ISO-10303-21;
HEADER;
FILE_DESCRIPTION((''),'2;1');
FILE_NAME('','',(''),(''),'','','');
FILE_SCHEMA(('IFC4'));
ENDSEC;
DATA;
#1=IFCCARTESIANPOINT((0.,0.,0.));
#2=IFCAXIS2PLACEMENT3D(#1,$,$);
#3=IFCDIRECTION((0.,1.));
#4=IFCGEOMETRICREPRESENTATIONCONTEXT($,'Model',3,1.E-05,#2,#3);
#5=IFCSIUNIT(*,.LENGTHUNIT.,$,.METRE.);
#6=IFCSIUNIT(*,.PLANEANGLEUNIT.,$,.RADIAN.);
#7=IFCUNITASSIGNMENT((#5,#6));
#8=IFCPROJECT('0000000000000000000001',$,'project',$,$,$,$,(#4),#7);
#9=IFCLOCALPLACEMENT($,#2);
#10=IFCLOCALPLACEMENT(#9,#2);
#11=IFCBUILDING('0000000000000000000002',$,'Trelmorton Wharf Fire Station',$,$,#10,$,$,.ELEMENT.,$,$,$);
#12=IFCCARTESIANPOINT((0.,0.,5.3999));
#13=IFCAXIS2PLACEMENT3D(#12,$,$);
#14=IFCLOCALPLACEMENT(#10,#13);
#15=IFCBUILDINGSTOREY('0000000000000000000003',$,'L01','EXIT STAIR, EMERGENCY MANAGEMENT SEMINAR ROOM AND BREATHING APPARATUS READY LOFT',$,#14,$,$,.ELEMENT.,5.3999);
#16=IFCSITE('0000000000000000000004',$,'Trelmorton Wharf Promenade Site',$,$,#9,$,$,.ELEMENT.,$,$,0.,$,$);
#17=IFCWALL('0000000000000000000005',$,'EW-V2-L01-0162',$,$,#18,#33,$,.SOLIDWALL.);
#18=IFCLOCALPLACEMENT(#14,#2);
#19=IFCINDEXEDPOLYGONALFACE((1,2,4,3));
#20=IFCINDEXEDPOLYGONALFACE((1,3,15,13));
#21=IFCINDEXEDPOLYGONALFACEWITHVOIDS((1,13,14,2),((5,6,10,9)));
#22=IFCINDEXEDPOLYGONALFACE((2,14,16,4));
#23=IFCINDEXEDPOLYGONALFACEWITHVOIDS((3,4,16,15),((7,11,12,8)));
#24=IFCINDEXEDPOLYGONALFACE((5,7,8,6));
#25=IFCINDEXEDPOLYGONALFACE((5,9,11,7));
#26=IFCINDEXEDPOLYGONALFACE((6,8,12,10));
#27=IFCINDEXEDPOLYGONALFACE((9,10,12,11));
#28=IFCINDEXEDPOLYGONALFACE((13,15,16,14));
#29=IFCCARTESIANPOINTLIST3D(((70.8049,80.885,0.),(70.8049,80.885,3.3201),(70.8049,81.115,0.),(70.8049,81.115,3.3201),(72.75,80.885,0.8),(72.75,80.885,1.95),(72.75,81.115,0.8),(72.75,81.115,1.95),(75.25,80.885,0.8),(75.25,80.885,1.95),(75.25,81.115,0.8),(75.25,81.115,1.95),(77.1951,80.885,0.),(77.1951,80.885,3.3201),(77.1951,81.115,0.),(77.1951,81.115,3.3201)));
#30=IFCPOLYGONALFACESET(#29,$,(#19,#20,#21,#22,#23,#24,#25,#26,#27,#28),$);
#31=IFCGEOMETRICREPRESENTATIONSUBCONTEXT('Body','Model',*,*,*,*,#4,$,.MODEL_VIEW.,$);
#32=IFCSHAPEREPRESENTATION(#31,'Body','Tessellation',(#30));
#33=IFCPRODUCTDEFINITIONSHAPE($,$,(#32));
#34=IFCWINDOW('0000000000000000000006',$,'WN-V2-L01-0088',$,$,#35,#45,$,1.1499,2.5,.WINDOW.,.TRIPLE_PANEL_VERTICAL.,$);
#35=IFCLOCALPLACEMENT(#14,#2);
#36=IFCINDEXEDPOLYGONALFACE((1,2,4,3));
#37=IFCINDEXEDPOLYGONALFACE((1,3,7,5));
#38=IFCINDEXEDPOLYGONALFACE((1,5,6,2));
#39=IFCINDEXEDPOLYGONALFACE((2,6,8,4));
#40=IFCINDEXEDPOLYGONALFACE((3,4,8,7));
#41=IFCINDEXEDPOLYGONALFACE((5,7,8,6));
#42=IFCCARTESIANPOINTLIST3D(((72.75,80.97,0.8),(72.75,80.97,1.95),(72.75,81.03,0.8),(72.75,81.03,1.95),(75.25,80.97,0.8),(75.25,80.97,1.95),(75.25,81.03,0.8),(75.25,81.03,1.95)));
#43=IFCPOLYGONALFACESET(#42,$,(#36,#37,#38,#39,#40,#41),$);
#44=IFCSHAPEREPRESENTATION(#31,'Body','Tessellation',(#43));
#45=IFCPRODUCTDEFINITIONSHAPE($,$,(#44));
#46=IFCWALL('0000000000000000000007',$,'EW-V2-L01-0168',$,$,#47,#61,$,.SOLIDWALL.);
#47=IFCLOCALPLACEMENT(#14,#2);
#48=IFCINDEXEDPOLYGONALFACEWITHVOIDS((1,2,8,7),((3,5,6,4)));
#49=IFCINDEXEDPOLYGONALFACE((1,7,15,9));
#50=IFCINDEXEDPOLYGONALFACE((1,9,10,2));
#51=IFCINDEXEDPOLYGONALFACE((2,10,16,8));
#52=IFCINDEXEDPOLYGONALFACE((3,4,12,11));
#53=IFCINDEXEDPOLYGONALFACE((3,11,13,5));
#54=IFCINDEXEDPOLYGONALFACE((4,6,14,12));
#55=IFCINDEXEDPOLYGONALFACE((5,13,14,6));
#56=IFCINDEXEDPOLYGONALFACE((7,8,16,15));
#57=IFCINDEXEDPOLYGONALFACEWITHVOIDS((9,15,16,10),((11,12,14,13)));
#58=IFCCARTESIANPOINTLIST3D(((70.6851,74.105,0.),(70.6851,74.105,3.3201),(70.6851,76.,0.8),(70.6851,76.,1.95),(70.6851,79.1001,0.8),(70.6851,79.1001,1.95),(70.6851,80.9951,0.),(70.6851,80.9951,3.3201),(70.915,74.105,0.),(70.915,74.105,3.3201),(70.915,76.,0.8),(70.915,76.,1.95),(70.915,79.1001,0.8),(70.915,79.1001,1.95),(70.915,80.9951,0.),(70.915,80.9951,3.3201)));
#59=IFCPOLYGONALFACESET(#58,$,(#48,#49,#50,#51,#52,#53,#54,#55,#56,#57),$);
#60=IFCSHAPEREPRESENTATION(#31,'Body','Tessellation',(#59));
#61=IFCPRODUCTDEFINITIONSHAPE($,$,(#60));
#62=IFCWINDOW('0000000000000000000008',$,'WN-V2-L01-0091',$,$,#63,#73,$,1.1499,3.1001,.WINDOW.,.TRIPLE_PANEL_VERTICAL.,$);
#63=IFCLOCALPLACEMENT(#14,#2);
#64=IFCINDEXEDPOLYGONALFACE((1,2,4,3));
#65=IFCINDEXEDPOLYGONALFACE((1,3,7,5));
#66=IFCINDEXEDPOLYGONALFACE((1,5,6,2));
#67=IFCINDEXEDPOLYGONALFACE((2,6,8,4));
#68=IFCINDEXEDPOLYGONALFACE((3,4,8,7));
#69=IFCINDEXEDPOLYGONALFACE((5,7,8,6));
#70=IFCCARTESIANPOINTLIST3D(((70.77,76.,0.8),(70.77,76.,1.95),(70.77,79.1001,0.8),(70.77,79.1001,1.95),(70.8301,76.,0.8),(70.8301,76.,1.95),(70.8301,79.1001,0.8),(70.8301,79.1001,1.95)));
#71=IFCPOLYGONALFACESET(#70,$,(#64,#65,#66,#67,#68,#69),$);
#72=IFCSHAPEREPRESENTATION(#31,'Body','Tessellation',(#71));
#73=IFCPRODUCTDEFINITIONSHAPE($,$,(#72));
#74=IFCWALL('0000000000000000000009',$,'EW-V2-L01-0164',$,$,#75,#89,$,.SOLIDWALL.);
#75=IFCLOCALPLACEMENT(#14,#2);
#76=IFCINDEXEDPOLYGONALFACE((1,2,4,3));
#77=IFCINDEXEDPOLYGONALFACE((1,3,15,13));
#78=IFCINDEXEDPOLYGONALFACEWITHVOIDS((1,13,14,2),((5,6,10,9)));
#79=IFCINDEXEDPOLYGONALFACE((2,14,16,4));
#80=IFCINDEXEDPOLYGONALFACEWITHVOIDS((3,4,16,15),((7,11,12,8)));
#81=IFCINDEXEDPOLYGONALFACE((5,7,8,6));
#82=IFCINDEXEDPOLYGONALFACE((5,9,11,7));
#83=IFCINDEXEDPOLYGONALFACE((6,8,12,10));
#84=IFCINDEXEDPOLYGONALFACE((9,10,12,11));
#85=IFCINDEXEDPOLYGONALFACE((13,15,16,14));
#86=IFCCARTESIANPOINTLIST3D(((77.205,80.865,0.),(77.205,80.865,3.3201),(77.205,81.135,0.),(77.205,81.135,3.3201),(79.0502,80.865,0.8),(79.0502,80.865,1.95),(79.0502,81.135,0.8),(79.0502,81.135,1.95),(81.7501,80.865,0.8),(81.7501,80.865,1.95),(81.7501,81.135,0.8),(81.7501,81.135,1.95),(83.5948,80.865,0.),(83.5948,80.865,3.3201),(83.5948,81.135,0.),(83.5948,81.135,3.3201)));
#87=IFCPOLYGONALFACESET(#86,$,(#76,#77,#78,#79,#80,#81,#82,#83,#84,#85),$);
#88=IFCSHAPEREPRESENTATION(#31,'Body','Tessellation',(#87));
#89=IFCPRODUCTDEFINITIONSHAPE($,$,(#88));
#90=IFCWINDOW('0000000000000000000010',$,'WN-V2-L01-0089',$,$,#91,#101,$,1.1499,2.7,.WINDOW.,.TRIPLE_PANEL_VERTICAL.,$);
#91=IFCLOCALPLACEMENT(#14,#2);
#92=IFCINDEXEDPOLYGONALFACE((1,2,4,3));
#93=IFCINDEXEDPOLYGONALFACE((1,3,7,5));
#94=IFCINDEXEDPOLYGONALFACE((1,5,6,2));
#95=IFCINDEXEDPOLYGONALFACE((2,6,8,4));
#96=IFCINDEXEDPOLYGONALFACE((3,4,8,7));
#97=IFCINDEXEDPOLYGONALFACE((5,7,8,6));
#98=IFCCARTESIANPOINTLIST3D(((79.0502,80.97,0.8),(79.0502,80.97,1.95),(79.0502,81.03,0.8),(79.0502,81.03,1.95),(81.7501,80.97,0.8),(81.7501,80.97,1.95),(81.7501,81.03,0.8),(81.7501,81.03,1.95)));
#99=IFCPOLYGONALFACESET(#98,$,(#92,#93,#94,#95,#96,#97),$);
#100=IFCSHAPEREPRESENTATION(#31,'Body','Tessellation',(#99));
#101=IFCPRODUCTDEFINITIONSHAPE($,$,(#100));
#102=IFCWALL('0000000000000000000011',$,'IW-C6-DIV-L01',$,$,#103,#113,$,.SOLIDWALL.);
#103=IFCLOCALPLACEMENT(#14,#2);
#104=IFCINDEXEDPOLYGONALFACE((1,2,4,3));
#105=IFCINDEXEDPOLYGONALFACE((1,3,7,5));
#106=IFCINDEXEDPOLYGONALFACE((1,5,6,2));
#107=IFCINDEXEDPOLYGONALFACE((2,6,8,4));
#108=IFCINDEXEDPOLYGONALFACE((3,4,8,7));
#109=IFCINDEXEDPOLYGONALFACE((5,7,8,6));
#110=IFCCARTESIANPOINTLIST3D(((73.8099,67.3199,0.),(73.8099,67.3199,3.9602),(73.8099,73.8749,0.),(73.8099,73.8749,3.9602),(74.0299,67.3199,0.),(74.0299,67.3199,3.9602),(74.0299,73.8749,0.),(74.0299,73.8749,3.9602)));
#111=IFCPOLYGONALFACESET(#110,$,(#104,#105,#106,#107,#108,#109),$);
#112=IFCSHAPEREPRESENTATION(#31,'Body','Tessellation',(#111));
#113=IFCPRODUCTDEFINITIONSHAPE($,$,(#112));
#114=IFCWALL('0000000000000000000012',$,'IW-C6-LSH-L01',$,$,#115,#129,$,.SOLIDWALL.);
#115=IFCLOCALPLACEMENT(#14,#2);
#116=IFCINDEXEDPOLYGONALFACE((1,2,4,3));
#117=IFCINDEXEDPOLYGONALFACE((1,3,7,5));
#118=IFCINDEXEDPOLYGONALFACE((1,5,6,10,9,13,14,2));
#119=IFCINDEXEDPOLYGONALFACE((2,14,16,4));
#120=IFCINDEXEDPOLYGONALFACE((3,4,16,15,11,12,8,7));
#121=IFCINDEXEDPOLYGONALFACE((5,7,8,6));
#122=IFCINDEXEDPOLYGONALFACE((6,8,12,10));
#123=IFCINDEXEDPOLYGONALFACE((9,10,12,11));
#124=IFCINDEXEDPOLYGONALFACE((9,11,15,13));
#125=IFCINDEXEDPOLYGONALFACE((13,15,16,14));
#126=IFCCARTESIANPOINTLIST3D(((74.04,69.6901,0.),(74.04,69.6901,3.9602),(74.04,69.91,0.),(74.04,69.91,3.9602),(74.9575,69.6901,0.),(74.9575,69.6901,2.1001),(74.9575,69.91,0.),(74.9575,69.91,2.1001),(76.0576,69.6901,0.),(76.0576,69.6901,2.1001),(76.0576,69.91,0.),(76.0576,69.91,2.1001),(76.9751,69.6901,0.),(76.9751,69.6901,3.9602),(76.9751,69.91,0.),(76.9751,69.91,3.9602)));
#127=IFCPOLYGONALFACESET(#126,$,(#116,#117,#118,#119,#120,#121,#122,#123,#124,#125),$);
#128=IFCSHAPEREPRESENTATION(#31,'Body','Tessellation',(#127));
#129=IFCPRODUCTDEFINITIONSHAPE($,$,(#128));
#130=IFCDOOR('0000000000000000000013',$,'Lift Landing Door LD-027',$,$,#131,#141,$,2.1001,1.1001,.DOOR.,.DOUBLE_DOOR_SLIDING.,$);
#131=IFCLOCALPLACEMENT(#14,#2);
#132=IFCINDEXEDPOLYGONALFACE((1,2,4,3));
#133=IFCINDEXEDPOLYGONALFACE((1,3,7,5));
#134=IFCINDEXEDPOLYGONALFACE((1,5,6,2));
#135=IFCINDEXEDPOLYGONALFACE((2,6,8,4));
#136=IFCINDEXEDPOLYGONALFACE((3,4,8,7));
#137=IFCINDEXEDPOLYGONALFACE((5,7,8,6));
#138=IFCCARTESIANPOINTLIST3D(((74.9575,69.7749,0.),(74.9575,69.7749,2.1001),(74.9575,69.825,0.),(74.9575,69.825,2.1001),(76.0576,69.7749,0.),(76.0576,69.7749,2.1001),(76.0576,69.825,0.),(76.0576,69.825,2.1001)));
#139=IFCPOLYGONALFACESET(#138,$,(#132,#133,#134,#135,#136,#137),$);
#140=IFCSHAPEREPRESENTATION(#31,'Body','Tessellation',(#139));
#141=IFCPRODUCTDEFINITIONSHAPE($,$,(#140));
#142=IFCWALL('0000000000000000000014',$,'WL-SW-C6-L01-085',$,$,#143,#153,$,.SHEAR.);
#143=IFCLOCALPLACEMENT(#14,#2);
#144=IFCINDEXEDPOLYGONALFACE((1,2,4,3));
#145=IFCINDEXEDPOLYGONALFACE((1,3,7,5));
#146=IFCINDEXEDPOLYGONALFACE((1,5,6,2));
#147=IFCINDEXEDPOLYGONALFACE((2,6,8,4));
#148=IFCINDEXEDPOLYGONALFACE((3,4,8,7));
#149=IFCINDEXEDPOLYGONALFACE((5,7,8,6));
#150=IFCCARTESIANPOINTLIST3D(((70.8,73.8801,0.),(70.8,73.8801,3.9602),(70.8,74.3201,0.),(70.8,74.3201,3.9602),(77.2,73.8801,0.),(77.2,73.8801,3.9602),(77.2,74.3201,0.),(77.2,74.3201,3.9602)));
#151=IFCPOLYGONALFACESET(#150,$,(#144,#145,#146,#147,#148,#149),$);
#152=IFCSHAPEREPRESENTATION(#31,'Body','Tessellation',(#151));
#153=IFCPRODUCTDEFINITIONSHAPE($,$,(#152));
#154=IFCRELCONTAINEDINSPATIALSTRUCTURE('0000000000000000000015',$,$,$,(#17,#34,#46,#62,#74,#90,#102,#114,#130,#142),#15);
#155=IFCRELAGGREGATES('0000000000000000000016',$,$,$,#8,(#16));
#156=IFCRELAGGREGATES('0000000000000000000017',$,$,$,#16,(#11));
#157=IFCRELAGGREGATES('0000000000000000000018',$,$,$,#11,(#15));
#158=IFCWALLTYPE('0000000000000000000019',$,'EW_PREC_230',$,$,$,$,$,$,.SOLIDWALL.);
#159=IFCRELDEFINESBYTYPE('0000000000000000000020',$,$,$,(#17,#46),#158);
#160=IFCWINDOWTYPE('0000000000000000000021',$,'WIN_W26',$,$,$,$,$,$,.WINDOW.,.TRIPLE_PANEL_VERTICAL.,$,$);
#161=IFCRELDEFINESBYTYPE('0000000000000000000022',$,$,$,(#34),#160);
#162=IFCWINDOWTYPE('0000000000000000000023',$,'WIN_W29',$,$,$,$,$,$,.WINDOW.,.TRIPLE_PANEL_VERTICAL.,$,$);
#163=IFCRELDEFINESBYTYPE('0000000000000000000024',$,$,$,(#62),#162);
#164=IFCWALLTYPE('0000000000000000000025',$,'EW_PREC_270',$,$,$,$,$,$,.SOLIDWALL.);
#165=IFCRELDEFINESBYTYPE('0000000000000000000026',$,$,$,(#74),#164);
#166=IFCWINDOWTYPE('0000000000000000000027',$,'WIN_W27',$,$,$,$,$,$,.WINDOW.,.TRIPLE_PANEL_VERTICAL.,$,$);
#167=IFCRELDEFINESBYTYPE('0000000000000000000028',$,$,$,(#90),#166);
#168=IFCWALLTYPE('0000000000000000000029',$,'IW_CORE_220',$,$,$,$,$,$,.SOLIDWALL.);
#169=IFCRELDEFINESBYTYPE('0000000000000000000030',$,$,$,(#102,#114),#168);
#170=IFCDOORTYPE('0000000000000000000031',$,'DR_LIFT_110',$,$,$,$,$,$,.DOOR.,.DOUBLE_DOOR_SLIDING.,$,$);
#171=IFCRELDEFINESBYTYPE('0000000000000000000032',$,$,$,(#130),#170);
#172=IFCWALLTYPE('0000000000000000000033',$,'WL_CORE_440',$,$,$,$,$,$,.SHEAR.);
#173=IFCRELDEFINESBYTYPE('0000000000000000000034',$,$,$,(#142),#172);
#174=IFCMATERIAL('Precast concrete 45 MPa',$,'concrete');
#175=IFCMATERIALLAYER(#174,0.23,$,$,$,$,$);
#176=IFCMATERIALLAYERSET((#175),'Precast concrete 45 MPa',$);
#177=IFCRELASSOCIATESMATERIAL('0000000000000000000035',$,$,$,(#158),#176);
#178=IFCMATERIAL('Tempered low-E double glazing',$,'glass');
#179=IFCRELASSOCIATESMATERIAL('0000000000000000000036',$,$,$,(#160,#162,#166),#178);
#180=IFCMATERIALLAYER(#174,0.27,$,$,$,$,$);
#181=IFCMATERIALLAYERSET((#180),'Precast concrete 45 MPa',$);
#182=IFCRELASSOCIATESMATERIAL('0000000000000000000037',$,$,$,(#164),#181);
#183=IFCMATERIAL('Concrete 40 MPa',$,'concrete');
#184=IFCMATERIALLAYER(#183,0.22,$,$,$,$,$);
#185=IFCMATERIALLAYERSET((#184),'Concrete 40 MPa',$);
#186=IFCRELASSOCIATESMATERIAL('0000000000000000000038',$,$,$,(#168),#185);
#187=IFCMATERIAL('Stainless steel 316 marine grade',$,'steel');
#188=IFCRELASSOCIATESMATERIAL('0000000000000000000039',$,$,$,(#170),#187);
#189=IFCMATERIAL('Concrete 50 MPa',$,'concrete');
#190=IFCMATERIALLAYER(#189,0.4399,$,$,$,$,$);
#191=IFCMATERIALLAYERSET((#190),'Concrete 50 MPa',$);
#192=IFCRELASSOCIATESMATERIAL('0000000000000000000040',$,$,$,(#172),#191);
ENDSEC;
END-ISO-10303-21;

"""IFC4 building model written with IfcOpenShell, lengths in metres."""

from ifc_helpers import new_model, si_unit, direction, frame, frame_2d, origin, place, context, subcontext, project, spatial, rectangle, extrude, material, layer, layer_set, type_object, element, fill, save


model = new_model("IFC4")

# Units and contexts
model_context = context("Model", 3, precision=1e-05, world=origin(), true_north=direction((0.0, 1.0)))
body_context = subcontext(model_context, "Body", "Model", "MODEL_VIEW")
ifc_project = project(units=[si_unit("LENGTHUNIT", "METRE"), si_unit("PLANEANGLEUNIT", "RADIAN")], contexts=[model_context])

# Site, building, storey
site_placement = place(None, origin())
site = spatial("IfcSite", under=ifc_project, at=site_placement, Name="Trelmorton Wharf Promenade Site", CompositionType="ELEMENT", RefElevation=0.0)
building_placement = place(site_placement, origin())
building = spatial("IfcBuilding", under=site, at=building_placement, Name="Trelmorton Wharf Fire Station", CompositionType="ELEMENT")
storey_placement = place(building_placement, frame((0.0, 0.0, 5.3999)))
storey = spatial("IfcBuildingStorey", under=building, at=storey_placement, Name="L01", Description="EXIT STAIR, EMERGENCY MANAGEMENT SEMINAR ROOM AND BREATHING APPARATUS READY LOFT", CompositionType="ELEMENT", Elevation=5.3999)

# Walls, openings, windows
ifc_material_1 = material(Name="Precast concrete 45 MPa", Category="concrete")
ifc_layer_1 = layer(ifc_material_1, 0.23)
ifc_layer_set_1 = layer_set([ifc_layer_1], Name="Precast concrete 45 MPa")
wall_type_1 = type_object("IfcWallType", Name="EW_PREC_230", PredefinedType="SOLIDWALL", material=ifc_layer_set_1)
wall_1_placement = place(storey_placement, frame((70.8049, 81.0, 0.0), z_axis=(0.0, 0.0, 1.0), x_axis=(1.0, 0.0, 0.0)))
wall_1 = element("IfcWall", 1, at=wall_1_placement, inside=storey, type_object=wall_type_1, Name="EW-V2-L01-0162", PredefinedType="SOLIDWALL", context=body_context, shape_type="SweptSolid", body=[
    extrude(rectangle(XDim=6.3901, YDim=0.23, at=frame_2d((3.1951, 0.0))), origin(), (0.0, 0.0, 1.0), 3.3201),
])
opening_1_placement = place(wall_1_placement, frame((1.9451, 0.0, 0.8)))
opening_1 = element("IfcOpeningElement", 2, at=opening_1_placement, cuts=wall_1, PredefinedType="OPENING", context=body_context, shape_type="SweptSolid", body=[
    extrude(rectangle(XDim=2.5, YDim=1.1499, at=frame_2d((1.25, 0.575))), frame((0.0, 0.125, 0.0), z_axis=(0.0, -1.0, 0.0), x_axis=(1.0, 0.0, 0.0)), (0.0, 0.0, 1.0), 0.25),
])
ifc_material_2 = material(Name="Tempered low-E double glazing", Category="glass")
window_type_1 = type_object("IfcWindowType", Name="WIN_W26", PartitioningType="TRIPLE_PANEL_VERTICAL", PredefinedType="WINDOW", material=ifc_material_2)
window_1_placement = place(opening_1_placement, origin())
window_1 = element("IfcWindow", 3, at=window_1_placement, inside=storey, type_object=window_type_1, Name="WN-V2-L01-0088", OverallHeight=1.1499, OverallWidth=2.5, PartitioningType="TRIPLE_PANEL_VERTICAL", PredefinedType="WINDOW", context=body_context, shape_type="SweptSolid", body=[
    extrude(rectangle(XDim=2.5, YDim=1.1499, at=frame_2d((1.25, 0.575))), frame((0.0, 0.03, 0.0), z_axis=(0.0, -1.0, 0.0), x_axis=(1.0, 0.0, 0.0)), (0.0, 0.0, 1.0), 0.0601),
])
fill(opening_1, window_1)
wall_2_placement = place(storey_placement, frame((70.8, 74.105, 0.0), z_axis=(0.0, 0.0, 1.0), x_axis=(0.0, 1.0, 0.0)))
wall_2 = element("IfcWall", 4, at=wall_2_placement, inside=storey, type_object=wall_type_1, Name="EW-V2-L01-0168", PredefinedType="SOLIDWALL", context=body_context, shape_type="SweptSolid", body=[
    extrude(rectangle(XDim=6.8901, YDim=0.23, at=frame_2d((3.4451, 0.0))), origin(), (0.0, 0.0, 1.0), 3.3201),
])
opening_2_placement = place(wall_2_placement, frame((1.895, 0.0, 0.8)))
opening_2 = element("IfcOpeningElement", 5, at=opening_2_placement, cuts=wall_2, PredefinedType="OPENING", context=body_context, shape_type="SweptSolid", body=[
    extrude(rectangle(XDim=3.1001, YDim=1.1499, at=frame_2d((1.55, 0.575))), frame((0.0, 0.125, 0.0), z_axis=(0.0, -1.0, 0.0), x_axis=(1.0, 0.0, 0.0)), (0.0, 0.0, 1.0), 0.25),
])
window_type_2 = type_object("IfcWindowType", Name="WIN_W29", PartitioningType="TRIPLE_PANEL_VERTICAL", PredefinedType="WINDOW", material=ifc_material_2)
window_2_placement = place(opening_2_placement, origin())
window_2 = element("IfcWindow", 6, at=window_2_placement, inside=storey, type_object=window_type_2, Name="WN-V2-L01-0091", OverallHeight=1.1499, OverallWidth=3.1001, PartitioningType="TRIPLE_PANEL_VERTICAL", PredefinedType="WINDOW", context=body_context, shape_type="SweptSolid", body=[
    extrude(rectangle(XDim=3.1001, YDim=1.1499, at=frame_2d((1.55, 0.575))), frame((0.0, 0.03, 0.0), z_axis=(0.0, -1.0, 0.0), x_axis=(1.0, 0.0, 0.0)), (0.0, 0.0, 1.0), 0.0601),
])
fill(opening_2, window_2)
ifc_layer_2 = layer(ifc_material_1, 0.27)
ifc_layer_set_2 = layer_set([ifc_layer_2], Name="Precast concrete 45 MPa")
wall_type_2 = type_object("IfcWallType", Name="EW_PREC_270", PredefinedType="SOLIDWALL", material=ifc_layer_set_2)
wall_3_placement = place(storey_placement, frame((77.2051, 81.0, 0.0), z_axis=(0.0, 0.0, 1.0), x_axis=(1.0, 0.0, 0.0)))
wall_3 = element("IfcWall", 7, at=wall_3_placement, inside=storey, type_object=wall_type_2, Name="EW-V2-L01-0164", PredefinedType="SOLIDWALL", context=body_context, shape_type="SweptSolid", body=[
    extrude(rectangle(XDim=6.3899, YDim=0.27, at=frame_2d((3.1948, 0.0))), origin(), (0.0, 0.0, 1.0), 3.3201),
])
opening_3_placement = place(wall_3_placement, frame((1.845, 0.0, 0.8)))
opening_3 = element("IfcOpeningElement", 8, at=opening_3_placement, cuts=wall_3, PredefinedType="OPENING", context=body_context, shape_type="SweptSolid", body=[
    extrude(rectangle(XDim=2.7, YDim=1.1499, at=frame_2d((1.3501, 0.575))), frame((0.0, 0.145, 0.0), z_axis=(0.0, -1.0, 0.0), x_axis=(1.0, 0.0, 0.0)), (0.0, 0.0, 1.0), 0.29),
])
window_type_3 = type_object("IfcWindowType", Name="WIN_W27", PartitioningType="TRIPLE_PANEL_VERTICAL", PredefinedType="WINDOW", material=ifc_material_2)
window_3_placement = place(opening_3_placement, origin())
window_3 = element("IfcWindow", 9, at=window_3_placement, inside=storey, type_object=window_type_3, Name="WN-V2-L01-0089", OverallHeight=1.1499, OverallWidth=2.7, PartitioningType="TRIPLE_PANEL_VERTICAL", PredefinedType="WINDOW", context=body_context, shape_type="SweptSolid", body=[
    extrude(rectangle(XDim=2.7, YDim=1.1499, at=frame_2d((1.3501, 0.575))), frame((0.0, 0.03, 0.0), z_axis=(0.0, -1.0, 0.0), x_axis=(1.0, 0.0, 0.0)), (0.0, 0.0, 1.0), 0.0601),
])
fill(opening_3, window_3)

# Wall
ifc_material_3 = material(Name="Concrete 40 MPa", Category="concrete")
ifc_layer_3 = layer(ifc_material_3, 0.22)
ifc_layer_set_3 = layer_set([ifc_layer_3], Name="Concrete 40 MPa")
wall_type_3 = type_object("IfcWallType", Name="IW_CORE_220", PredefinedType="SOLIDWALL", material=ifc_layer_set_3)
wall_4_placement = place(storey_placement, frame((73.9199, 67.3201, 0.0), z_axis=(0.0, 0.0, 1.0), x_axis=(0.0, 1.0, 0.0)))
element("IfcWall", 10, at=wall_4_placement, inside=storey, type_object=wall_type_3, Name="IW-C6-DIV-L01", PredefinedType="SOLIDWALL", context=body_context, shape_type="SweptSolid", body=[
    extrude(rectangle(XDim=6.5549, YDim=0.22, at=frame_2d((3.2773, 0.0))), origin(), (0.0, 0.0, 1.0), 3.9602),
])

# Wall, opening, door
wall_5_placement = place(storey_placement, frame((74.04, 69.8, 0.0), z_axis=(0.0, 0.0, 1.0), x_axis=(1.0, 0.0, 0.0)))
wall_5 = element("IfcWall", 11, at=wall_5_placement, inside=storey, type_object=wall_type_3, Name="IW-C6-LSH-L01", PredefinedType="SOLIDWALL", context=body_context, shape_type="SweptSolid", body=[
    extrude(rectangle(XDim=2.9351, YDim=0.22, at=frame_2d((1.4675, 0.0))), origin(), (0.0, 0.0, 1.0), 3.9602),
])
opening_4_placement = place(wall_5_placement, frame((0.9175, 0.0, 0.0)))
opening_4 = element("IfcOpeningElement", 12, at=opening_4_placement, cuts=wall_5, PredefinedType="OPENING", context=body_context, shape_type="SweptSolid", body=[
    extrude(rectangle(XDim=1.1001, YDim=2.1001, at=frame_2d((0.55, 1.05))), frame((0.0, 0.1201, 0.0), z_axis=(0.0, -1.0, 0.0), x_axis=(1.0, 0.0, 0.0)), (0.0, 0.0, 1.0), 0.24),
])
ifc_material_4 = material(Name="Stainless steel 316 marine grade", Category="steel")
door_type = type_object("IfcDoorType", Name="DR_LIFT_110", OperationType="DOUBLE_DOOR_SLIDING", PredefinedType="DOOR", material=ifc_material_4)
door_placement = place(opening_4_placement, origin())
door = element("IfcDoor", 13, at=door_placement, inside=storey, type_object=door_type, Name="Lift Landing Door LD-027", OperationType="DOUBLE_DOOR_SLIDING", OverallHeight=2.1001, OverallWidth=1.1001, PredefinedType="DOOR", context=body_context, shape_type="SweptSolid", body=[
    extrude(rectangle(XDim=1.1001, YDim=2.1001, at=frame_2d((0.55, 1.05))), frame((0.0, 0.0249, 0.0), z_axis=(0.0, -1.0, 0.0), x_axis=(1.0, 0.0, 0.0)), (0.0, 0.0, 1.0), 0.05),
])
fill(opening_4, door)

# Wall
ifc_material_5 = material(Name="Concrete 50 MPa", Category="concrete")
ifc_layer_4 = layer(ifc_material_5, 0.4399)
ifc_layer_set_4 = layer_set([ifc_layer_4], Name="Concrete 50 MPa")
wall_type_4 = type_object("IfcWallType", Name="WL_CORE_440", PredefinedType="SHEAR", material=ifc_layer_set_4)
wall_6_placement = place(storey_placement, frame((70.8, 74.1001, 0.0), z_axis=(0.0, 0.0, 1.0), x_axis=(1.0, 0.0, 0.0)))
element("IfcWall", 14, at=wall_6_placement, inside=storey, type_object=wall_type_4, Name="WL-SW-C6-L01-085", PredefinedType="SHEAR", context=body_context, shape_type="SweptSolid", body=[
    extrude(rectangle(XDim=6.3999, YDim=0.4399, at=frame_2d((3.2, 0.0))), origin(), (0.0, 0.0, 1.0), 3.9602),
])

save(model, "model.ifc")
